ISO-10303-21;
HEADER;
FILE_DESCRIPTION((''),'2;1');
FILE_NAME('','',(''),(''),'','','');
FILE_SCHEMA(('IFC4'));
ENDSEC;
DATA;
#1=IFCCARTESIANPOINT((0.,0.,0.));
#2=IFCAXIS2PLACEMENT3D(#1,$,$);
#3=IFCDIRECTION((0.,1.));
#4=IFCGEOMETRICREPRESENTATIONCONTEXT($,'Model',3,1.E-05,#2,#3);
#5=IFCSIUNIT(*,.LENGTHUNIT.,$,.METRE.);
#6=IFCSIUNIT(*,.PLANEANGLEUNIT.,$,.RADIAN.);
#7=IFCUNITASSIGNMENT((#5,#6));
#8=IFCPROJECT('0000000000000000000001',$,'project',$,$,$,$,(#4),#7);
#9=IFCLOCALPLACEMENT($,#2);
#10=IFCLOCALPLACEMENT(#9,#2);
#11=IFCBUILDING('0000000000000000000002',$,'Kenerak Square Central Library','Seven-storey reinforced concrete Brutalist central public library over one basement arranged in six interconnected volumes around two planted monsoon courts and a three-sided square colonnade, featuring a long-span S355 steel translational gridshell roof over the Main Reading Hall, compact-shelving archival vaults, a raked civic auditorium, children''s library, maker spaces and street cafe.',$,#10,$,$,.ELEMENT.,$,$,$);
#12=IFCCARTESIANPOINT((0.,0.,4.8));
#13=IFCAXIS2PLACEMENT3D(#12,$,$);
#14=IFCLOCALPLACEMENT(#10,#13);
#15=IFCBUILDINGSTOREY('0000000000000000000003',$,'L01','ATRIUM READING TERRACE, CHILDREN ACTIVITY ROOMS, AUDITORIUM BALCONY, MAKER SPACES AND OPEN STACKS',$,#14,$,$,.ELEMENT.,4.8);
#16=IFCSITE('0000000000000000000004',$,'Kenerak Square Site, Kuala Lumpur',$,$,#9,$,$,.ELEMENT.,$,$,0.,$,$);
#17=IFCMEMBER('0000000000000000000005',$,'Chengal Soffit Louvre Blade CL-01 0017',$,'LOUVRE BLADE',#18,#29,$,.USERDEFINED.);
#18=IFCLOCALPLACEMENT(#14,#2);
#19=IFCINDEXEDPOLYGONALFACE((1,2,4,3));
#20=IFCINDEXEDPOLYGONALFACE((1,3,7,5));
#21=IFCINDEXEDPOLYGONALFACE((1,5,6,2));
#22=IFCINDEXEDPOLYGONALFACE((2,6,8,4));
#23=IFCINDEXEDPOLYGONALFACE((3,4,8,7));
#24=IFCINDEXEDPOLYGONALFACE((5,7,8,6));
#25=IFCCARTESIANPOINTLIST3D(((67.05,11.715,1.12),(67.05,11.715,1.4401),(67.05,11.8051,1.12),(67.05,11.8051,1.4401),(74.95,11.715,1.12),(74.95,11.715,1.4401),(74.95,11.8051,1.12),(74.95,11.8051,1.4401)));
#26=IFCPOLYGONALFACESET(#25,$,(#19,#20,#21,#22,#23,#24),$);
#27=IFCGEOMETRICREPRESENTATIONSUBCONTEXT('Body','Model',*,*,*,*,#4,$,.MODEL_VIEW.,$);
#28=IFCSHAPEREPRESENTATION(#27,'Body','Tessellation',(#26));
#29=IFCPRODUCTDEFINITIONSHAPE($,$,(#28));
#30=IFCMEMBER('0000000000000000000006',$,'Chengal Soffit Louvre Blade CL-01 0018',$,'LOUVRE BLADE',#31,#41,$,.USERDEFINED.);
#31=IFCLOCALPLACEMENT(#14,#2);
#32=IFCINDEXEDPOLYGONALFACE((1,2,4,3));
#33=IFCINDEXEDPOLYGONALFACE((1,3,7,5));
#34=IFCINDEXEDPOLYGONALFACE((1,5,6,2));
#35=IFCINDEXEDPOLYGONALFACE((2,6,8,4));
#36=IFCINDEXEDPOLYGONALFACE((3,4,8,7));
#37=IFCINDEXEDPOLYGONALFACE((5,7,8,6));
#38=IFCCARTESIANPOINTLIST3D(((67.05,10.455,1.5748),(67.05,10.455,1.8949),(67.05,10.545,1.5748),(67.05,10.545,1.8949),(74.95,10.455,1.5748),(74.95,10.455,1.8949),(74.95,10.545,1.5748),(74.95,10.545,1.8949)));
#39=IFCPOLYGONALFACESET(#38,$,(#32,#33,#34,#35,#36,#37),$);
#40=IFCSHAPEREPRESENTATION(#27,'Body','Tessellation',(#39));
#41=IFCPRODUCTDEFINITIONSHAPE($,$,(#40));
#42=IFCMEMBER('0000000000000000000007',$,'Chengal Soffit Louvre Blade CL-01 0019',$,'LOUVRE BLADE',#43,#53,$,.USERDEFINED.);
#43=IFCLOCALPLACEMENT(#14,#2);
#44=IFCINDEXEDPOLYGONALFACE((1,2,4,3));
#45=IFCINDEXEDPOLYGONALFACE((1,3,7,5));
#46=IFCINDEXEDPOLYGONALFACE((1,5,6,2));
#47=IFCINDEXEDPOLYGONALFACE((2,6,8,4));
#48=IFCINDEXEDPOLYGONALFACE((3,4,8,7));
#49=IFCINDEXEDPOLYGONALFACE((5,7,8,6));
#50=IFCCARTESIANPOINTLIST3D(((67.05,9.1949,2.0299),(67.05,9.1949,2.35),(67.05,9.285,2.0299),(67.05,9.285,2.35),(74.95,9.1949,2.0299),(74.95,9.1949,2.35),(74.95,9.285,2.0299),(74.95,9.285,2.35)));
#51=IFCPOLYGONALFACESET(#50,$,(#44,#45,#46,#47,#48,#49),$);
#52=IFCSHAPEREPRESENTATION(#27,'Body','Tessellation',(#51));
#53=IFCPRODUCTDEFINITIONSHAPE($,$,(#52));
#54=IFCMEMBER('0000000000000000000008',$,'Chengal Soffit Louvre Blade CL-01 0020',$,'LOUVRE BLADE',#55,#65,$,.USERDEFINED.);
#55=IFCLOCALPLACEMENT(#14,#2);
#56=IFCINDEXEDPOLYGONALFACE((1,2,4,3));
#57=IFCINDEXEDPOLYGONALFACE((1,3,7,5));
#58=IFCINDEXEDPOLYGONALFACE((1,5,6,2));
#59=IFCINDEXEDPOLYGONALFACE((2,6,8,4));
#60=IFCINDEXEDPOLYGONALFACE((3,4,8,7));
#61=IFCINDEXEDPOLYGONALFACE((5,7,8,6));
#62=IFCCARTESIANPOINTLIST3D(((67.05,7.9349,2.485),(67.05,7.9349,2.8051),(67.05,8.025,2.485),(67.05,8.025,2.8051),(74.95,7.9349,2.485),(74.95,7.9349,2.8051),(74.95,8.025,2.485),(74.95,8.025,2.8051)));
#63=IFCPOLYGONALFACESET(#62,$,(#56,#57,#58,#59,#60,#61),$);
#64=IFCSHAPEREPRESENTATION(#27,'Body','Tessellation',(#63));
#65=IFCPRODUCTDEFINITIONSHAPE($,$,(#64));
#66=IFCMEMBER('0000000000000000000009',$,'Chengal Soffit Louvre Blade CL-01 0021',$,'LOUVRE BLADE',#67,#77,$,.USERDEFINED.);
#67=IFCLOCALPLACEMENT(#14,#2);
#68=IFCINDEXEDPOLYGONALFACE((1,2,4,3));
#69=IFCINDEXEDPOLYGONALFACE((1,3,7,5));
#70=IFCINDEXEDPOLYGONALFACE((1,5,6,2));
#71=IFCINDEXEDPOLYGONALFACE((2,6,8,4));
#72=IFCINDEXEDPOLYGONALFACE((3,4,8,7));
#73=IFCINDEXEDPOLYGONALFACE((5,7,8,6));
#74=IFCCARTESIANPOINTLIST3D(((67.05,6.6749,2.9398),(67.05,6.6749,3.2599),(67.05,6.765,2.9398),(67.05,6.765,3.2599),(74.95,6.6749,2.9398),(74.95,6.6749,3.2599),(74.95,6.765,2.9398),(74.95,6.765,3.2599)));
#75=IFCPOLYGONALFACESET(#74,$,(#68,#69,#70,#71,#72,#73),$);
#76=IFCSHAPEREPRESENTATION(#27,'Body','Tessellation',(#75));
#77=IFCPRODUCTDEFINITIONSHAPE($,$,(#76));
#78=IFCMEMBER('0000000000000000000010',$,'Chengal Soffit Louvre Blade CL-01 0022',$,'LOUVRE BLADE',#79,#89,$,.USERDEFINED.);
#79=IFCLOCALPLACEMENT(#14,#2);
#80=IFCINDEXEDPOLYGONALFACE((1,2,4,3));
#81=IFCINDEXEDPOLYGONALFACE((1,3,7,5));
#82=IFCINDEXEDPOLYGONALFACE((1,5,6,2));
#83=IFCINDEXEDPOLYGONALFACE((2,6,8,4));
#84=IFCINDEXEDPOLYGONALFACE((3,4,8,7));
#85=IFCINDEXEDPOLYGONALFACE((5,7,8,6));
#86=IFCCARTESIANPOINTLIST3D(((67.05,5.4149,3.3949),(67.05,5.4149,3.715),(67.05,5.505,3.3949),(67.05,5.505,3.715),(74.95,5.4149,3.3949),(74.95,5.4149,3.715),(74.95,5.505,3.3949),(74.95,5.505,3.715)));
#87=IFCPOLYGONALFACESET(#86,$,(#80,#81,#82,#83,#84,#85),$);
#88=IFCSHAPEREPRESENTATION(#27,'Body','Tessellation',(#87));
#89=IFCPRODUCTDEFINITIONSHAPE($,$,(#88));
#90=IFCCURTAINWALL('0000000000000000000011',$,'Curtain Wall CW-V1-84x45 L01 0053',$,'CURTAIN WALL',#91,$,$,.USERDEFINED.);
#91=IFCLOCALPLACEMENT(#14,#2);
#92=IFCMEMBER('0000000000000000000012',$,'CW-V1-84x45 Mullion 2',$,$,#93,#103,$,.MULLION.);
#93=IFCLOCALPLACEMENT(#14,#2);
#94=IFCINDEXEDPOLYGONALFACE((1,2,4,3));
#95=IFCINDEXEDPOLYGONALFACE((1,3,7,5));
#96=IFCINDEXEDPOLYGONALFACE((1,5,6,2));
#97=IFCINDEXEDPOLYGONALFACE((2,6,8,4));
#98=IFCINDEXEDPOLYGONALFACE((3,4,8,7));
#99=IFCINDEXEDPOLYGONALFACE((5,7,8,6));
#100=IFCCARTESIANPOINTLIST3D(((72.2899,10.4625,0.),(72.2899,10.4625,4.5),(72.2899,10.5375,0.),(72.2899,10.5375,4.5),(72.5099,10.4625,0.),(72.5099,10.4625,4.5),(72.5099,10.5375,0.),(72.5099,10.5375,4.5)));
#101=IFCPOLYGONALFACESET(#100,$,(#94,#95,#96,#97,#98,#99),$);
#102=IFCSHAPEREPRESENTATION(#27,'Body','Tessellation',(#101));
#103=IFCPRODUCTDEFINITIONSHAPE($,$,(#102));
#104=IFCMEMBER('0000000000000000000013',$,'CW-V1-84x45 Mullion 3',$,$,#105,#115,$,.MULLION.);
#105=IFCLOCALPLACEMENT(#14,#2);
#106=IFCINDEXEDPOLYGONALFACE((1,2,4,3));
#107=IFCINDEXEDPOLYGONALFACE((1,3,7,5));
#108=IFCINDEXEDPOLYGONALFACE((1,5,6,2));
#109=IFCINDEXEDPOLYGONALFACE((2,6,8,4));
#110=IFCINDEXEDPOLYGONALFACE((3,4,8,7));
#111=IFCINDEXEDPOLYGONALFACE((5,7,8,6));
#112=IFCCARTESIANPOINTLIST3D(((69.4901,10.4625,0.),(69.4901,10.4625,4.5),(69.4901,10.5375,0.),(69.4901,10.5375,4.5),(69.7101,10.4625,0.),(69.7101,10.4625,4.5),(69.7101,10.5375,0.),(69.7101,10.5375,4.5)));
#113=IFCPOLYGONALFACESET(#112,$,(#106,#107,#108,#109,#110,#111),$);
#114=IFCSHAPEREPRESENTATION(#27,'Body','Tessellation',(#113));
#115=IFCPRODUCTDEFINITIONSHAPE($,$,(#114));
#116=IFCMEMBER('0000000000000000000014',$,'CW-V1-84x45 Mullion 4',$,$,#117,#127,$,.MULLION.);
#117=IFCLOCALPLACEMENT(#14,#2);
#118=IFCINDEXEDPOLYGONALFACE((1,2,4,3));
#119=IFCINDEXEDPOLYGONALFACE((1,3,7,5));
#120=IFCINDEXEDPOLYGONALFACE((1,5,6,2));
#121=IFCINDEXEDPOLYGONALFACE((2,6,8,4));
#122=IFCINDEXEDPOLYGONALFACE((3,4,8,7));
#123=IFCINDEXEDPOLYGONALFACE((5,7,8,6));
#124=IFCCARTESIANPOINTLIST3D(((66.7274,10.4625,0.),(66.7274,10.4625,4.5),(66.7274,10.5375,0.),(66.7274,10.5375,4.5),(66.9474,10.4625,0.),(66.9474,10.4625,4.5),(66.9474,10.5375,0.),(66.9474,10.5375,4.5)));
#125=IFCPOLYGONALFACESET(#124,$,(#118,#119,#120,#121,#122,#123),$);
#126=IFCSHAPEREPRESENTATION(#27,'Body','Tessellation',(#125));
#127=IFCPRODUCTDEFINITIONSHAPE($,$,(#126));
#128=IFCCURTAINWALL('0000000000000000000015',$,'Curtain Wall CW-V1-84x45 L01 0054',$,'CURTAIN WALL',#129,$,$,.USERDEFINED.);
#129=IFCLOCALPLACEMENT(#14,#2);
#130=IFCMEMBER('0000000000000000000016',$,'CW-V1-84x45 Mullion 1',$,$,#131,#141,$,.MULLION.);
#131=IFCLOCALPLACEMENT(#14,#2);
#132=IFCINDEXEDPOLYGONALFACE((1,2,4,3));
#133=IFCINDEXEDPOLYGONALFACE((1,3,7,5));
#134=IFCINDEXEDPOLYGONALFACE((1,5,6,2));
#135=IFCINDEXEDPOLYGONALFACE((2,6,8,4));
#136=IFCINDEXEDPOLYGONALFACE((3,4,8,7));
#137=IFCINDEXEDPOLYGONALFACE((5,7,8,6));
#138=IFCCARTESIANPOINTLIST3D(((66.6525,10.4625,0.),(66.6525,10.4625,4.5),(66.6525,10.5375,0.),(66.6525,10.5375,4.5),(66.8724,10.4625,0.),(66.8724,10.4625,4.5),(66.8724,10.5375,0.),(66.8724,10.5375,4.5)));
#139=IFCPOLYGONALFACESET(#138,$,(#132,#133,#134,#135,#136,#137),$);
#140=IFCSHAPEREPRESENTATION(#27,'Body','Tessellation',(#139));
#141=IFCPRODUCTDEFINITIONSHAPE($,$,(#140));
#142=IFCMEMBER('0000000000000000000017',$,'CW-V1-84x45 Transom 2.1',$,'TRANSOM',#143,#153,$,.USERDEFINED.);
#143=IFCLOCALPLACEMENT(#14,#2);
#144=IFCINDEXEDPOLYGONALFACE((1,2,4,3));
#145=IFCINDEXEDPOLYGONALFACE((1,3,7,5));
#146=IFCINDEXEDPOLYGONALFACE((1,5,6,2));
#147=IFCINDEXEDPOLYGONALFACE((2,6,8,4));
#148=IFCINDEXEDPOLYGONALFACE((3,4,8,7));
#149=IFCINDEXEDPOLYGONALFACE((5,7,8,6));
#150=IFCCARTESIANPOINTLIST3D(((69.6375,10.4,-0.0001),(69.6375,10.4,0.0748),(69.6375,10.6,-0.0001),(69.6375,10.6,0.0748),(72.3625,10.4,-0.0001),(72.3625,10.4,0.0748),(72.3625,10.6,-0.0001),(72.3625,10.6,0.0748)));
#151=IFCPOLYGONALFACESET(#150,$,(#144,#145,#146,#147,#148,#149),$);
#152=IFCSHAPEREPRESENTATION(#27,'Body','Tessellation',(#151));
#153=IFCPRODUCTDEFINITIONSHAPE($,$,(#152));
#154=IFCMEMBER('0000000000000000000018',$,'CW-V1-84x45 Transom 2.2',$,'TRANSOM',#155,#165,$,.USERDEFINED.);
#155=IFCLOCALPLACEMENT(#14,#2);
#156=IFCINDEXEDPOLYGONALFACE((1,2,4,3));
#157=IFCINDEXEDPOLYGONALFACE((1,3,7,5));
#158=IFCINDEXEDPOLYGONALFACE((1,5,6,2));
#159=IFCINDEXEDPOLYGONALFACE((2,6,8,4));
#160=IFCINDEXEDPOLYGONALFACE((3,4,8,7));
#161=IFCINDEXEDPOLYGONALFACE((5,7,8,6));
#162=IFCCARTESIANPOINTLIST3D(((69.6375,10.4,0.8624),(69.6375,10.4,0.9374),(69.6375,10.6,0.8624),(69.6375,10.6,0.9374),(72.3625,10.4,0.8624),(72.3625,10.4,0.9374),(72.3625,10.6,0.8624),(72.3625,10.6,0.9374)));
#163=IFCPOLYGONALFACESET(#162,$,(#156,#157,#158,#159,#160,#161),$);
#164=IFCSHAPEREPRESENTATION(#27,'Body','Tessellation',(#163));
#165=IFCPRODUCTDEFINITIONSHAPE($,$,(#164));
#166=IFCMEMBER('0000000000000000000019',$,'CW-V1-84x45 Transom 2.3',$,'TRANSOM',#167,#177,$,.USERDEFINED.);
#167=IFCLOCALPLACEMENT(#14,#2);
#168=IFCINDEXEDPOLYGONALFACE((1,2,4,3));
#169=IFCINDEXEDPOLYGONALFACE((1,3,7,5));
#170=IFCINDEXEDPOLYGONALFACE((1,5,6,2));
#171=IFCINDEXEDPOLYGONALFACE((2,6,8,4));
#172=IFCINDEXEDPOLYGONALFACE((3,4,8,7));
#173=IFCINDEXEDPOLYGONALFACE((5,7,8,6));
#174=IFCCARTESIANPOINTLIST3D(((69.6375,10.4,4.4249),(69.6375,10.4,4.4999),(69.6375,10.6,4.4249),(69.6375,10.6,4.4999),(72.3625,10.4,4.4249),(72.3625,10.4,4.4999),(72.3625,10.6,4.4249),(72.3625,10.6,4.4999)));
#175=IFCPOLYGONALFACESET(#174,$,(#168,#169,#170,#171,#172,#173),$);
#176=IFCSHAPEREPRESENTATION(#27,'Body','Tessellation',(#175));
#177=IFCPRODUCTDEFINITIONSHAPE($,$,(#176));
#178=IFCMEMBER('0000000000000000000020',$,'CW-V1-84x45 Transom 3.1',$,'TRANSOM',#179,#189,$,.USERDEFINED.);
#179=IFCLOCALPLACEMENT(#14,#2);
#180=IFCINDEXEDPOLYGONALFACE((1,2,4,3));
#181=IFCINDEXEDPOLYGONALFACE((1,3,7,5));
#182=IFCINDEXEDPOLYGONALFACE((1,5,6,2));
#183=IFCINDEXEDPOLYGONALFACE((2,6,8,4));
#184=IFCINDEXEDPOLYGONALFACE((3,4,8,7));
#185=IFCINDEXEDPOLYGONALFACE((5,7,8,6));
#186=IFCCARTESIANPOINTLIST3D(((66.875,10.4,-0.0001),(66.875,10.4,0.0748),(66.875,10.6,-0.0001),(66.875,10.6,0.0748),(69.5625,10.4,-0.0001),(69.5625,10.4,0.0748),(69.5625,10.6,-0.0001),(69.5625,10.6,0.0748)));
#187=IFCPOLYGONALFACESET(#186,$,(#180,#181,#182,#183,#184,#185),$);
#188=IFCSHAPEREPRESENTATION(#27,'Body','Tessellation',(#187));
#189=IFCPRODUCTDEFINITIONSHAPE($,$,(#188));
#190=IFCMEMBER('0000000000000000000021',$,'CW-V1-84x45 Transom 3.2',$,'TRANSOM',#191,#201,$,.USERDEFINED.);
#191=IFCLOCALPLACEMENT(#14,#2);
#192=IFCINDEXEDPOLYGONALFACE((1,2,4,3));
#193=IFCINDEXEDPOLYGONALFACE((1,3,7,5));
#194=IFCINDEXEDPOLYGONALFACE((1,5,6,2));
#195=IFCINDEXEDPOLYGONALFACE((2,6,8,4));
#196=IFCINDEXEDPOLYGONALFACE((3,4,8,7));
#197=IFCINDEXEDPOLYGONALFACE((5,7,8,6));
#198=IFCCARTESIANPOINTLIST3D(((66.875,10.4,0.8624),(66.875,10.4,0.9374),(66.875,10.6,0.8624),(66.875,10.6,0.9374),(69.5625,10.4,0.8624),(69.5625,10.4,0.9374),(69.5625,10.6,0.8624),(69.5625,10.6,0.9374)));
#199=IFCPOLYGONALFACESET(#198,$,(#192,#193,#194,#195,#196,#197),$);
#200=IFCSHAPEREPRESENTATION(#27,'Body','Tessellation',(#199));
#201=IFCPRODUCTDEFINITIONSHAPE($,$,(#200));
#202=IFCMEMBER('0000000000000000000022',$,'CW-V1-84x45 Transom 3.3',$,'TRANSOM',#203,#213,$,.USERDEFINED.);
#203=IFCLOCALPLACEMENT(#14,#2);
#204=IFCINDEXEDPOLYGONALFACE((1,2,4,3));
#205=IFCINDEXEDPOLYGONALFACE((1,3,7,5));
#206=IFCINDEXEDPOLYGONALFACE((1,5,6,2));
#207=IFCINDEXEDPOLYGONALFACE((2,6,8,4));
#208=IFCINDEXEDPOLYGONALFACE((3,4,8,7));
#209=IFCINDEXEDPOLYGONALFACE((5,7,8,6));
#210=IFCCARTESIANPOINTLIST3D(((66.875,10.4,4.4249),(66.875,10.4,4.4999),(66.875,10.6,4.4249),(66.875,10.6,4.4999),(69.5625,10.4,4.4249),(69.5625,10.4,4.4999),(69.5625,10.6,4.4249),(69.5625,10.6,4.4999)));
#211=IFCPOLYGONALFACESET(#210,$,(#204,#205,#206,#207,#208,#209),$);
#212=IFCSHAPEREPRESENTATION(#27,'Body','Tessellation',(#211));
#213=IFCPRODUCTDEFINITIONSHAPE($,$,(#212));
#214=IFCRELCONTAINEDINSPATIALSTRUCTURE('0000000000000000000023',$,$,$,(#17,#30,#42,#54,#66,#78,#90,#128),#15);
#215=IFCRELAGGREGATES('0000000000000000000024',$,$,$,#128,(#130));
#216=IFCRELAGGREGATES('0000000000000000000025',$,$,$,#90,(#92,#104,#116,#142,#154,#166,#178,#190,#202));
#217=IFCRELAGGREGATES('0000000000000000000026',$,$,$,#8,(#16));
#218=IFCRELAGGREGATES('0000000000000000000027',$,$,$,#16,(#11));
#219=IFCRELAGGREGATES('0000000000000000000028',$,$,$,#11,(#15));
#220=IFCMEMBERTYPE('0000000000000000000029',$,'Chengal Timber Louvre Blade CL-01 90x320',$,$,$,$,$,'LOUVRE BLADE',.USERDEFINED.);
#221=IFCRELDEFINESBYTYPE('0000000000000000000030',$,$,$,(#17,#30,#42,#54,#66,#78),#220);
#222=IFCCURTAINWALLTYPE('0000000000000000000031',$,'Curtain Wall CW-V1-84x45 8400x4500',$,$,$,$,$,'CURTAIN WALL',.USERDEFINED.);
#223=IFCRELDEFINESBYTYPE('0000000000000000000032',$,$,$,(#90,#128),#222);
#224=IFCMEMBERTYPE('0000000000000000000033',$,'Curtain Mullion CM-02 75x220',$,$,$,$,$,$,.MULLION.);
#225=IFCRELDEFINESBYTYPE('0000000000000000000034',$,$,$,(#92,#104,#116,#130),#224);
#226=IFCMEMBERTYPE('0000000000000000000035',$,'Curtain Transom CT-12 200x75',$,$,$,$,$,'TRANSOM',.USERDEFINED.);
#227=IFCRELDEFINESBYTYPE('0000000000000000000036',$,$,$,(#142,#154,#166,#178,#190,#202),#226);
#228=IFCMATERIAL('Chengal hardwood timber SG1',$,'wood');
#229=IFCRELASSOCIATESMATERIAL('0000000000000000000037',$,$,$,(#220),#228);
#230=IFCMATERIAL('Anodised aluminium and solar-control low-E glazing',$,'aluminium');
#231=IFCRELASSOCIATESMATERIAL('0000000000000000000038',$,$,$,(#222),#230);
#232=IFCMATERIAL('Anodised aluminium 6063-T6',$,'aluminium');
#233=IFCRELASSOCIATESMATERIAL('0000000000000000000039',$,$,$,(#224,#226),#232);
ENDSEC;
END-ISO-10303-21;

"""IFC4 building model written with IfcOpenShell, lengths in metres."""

from ifc_helpers import new_model, si_unit, direction, frame, origin, origin_2d, place, context, subcontext, project, spatial, rectangle, extrude, material, material_profile, profile_set, type_object, element, aggregate, save


model = new_model("IFC4")

# Units and contexts
model_context = context("Model", 3, precision=1e-05, world=origin(), true_north=direction((0.0, 1.0)))
body_context = subcontext(model_context, "Body", "Model", "MODEL_VIEW")
ifc_project = project(units=[si_unit("LENGTHUNIT", "METRE"), si_unit("PLANEANGLEUNIT", "RADIAN")], contexts=[model_context])

# Site, building, storey
site_placement = place(None, origin())
site = spatial("IfcSite", under=ifc_project, at=site_placement, Name="Kenerak Square Site, Kuala Lumpur", CompositionType="ELEMENT", RefElevation=0.0)
building_placement = place(site_placement, origin())
building = spatial("IfcBuilding", under=site, at=building_placement, Name="Kenerak Square Central Library", Description="Seven-storey reinforced concrete Brutalist central public library over one basement arranged in six interconnected volumes around two planted monsoon courts and a three-sided square colonnade, featuring a long-span S355 steel translational gridshell roof over the Main Reading Hall, compact-shelving archival vaults, a raked civic auditorium, children's library, maker spaces and street cafe.", CompositionType="ELEMENT")
storey_placement = place(building_placement, frame((0.0, 0.0, 4.8)))
storey = spatial("IfcBuildingStorey", under=building, at=storey_placement, Name="L01", Description="ATRIUM READING TERRACE, CHILDREN ACTIVITY ROOMS, AUDITORIUM BALCONY, MAKER SPACES AND OPEN STACKS", CompositionType="ELEMENT", Elevation=4.8)

# Members
ifc_material_1 = material(Name="Chengal hardwood timber SG1", Category="wood")
ifc_material_profile_1 = material_profile(ifc_material_1, rectangle(XDim=0.0901, YDim=0.3201, at=origin_2d()), Name="CHENGAL 90x320")
ifc_profile_set_1 = profile_set([ifc_material_profile_1], Name="Chengal hardwood timber SG1")
member_type_1 = type_object("IfcMemberType", Name="Chengal Timber Louvre Blade CL-01 90x320", ElementType="LOUVRE BLADE", PredefinedType="USERDEFINED", material=ifc_profile_set_1)
for number, where, z_axis, x_axis, name in (
    (1, (67.05, 11.76, 1.28), (1.0, 0.0, 0.0), (0.0, 1.0, 0.0), "Chengal Soffit Louvre Blade CL-01 0017"),
    (2, (67.05, 10.5, 1.7349), (1.0, 0.0, 0.0), (0.0, 1.0, 0.0), "Chengal Soffit Louvre Blade CL-01 0018"),
    (3, (67.05, 9.24, 2.1899), (1.0, 0.0, 0.0), (0.0, 1.0, 0.0), "Chengal Soffit Louvre Blade CL-01 0019"),
    (4, (67.05, 7.98, 2.645), (1.0, 0.0, 0.0), (0.0, 1.0, 0.0), "Chengal Soffit Louvre Blade CL-01 0020"),
    (5, (67.05, 6.72, 3.0999), (1.0, 0.0, 0.0), (0.0, 1.0, 0.0), "Chengal Soffit Louvre Blade CL-01 0021"),
    (6, (67.05, 5.46, 3.5549), (1.0, 0.0, 0.0), (0.0, 1.0, 0.0), "Chengal Soffit Louvre Blade CL-01 0022"),
):
    element("IfcMember", number, at=place(storey_placement, frame(where, z_axis=z_axis, x_axis=x_axis)), inside=storey, type_object=member_type_1, Name=name, ObjectType="LOUVRE BLADE", PredefinedType="USERDEFINED", context=body_context, shape_type="SweptSolid", body=[
        extrude(rectangle(XDim=0.0901, YDim=0.3201, at=origin_2d()), origin(), (0.0, 0.0, 1.0), 7.8999),
    ])

# Curtain wall, members
ifc_material_2 = material(Name="Anodised aluminium and solar-control low-E glazing", Category="aluminium")
curtain_wall_type = type_object("IfcCurtainWallType", Name="Curtain Wall CW-V1-84x45 8400x4500", ElementType="CURTAIN WALL", PredefinedType="USERDEFINED", material=ifc_material_2)
curtain_wall_1_placement = place(storey_placement, origin())
curtain_wall_1 = element("IfcCurtainWall", 7, at=curtain_wall_1_placement, inside=storey, type_object=curtain_wall_type, Name="Curtain Wall CW-V1-84x45 L01 0053", ObjectType="CURTAIN WALL", PredefinedType="USERDEFINED")
ifc_material_3 = material(Name="Anodised aluminium 6063-T6", Category="aluminium")
ifc_material_profile_2 = material_profile(ifc_material_3, rectangle(XDim=0.075, YDim=0.22, at=origin_2d()), Name="AL MULLION 75x220")
ifc_profile_set_2 = profile_set([ifc_material_profile_2], Name="Anodised aluminium 6063-T6")
member_type_2 = type_object("IfcMemberType", Name="Curtain Mullion CM-02 75x220", PredefinedType="MULLION", material=ifc_profile_set_2)
member_1_placement = place(storey_placement, frame((72.3999, 10.5, 0.0), z_axis=(0.0, 0.0, 1.0), x_axis=(0.0, -1.0, 0.0)))
member_1 = element("IfcMember", 8, at=member_1_placement, type_object=member_type_2, Name="CW-V1-84x45 Mullion 2", PredefinedType="MULLION", context=body_context, shape_type="SweptSolid", body=[
    extrude(rectangle(XDim=0.075, YDim=0.22, at=origin_2d()), origin(), (0.0, 0.0, 1.0), 4.5),
])
member_2_placement = place(storey_placement, frame((69.6001, 10.5, 0.0), z_axis=(0.0, 0.0, 1.0), x_axis=(0.0, -1.0, 0.0)))
member_2 = element("IfcMember", 9, at=member_2_placement, type_object=member_type_2, Name="CW-V1-84x45 Mullion 3", PredefinedType="MULLION", context=body_context, shape_type="SweptSolid", body=[
    extrude(rectangle(XDim=0.075, YDim=0.22, at=origin_2d()), origin(), (0.0, 0.0, 1.0), 4.5),
])
member_3_placement = place(storey_placement, frame((66.8374, 10.5, 0.0), z_axis=(0.0, 0.0, 1.0), x_axis=(0.0, -1.0, 0.0)))
member_3 = element("IfcMember", 10, at=member_3_placement, type_object=member_type_2, Name="CW-V1-84x45 Mullion 4", PredefinedType="MULLION", context=body_context, shape_type="SweptSolid", body=[
    extrude(rectangle(XDim=0.075, YDim=0.22, at=origin_2d()), origin(), (0.0, 0.0, 1.0), 4.5),
])

# Curtain wall, member
curtain_wall_2_placement = place(storey_placement, origin())
curtain_wall_2 = element("IfcCurtainWall", 11, at=curtain_wall_2_placement, inside=storey, type_object=curtain_wall_type, Name="Curtain Wall CW-V1-84x45 L01 0054", ObjectType="CURTAIN WALL", PredefinedType="USERDEFINED")
member_4_placement = place(storey_placement, frame((66.7625, 10.5, 0.0), z_axis=(0.0, 0.0, 1.0), x_axis=(0.0, -1.0, 0.0)))
member_4 = element("IfcMember", 12, at=member_4_placement, type_object=member_type_2, Name="CW-V1-84x45 Mullion 1", PredefinedType="MULLION", context=body_context, shape_type="SweptSolid", body=[
    extrude(rectangle(XDim=0.075, YDim=0.22, at=origin_2d()), origin(), (0.0, 0.0, 1.0), 4.5),
])
aggregate(curtain_wall_2, [member_4])

# Members
ifc_material_profile_3 = material_profile(ifc_material_3, rectangle(XDim=0.2, YDim=0.075, at=origin_2d()), Name="AL TRANSOM 200x75")
ifc_profile_set_3 = profile_set([ifc_material_profile_3], Name="Anodised aluminium 6063-T6")
member_type_3 = type_object("IfcMemberType", Name="Curtain Transom CT-12 200x75", ElementType="TRANSOM", PredefinedType="USERDEFINED", material=ifc_profile_set_3)
member_5_placement = place(storey_placement, frame((72.3625, 10.5, 0.0374), z_axis=(-1.0, 0.0, 0.0), x_axis=(0.0, -1.0, 0.0)))
member_5 = element("IfcMember", 13, at=member_5_placement, type_object=member_type_3, Name="CW-V1-84x45 Transom 2.1", ObjectType="TRANSOM", PredefinedType="USERDEFINED", context=body_context, shape_type="SweptSolid", body=[
    extrude(rectangle(XDim=0.2, YDim=0.075, at=origin_2d()), origin(), (0.0, 0.0, 1.0), 2.7251),
])
member_6_placement = place(storey_placement, frame((72.3625, 10.5, 0.8999), z_axis=(-1.0, 0.0, 0.0), x_axis=(0.0, -1.0, 0.0)))
member_6 = element("IfcMember", 14, at=member_6_placement, type_object=member_type_3, Name="CW-V1-84x45 Transom 2.2", ObjectType="TRANSOM", PredefinedType="USERDEFINED", context=body_context, shape_type="SweptSolid", body=[
    extrude(rectangle(XDim=0.2, YDim=0.075, at=origin_2d()), origin(), (0.0, 0.0, 1.0), 2.7251),
])
member_7_placement = place(storey_placement, frame((72.3625, 10.5, 4.4624), z_axis=(-1.0, 0.0, 0.0), x_axis=(0.0, -1.0, 0.0)))
member_7 = element("IfcMember", 15, at=member_7_placement, type_object=member_type_3, Name="CW-V1-84x45 Transom 2.3", ObjectType="TRANSOM", PredefinedType="USERDEFINED", context=body_context, shape_type="SweptSolid", body=[
    extrude(rectangle(XDim=0.2, YDim=0.075, at=origin_2d()), origin(), (0.0, 0.0, 1.0), 2.7251),
])
member_8_placement = place(storey_placement, frame((69.5625, 10.5, 0.0374), z_axis=(-1.0, 0.0, 0.0), x_axis=(0.0, -1.0, 0.0)))
member_8 = element("IfcMember", 16, at=member_8_placement, type_object=member_type_3, Name="CW-V1-84x45 Transom 3.1", ObjectType="TRANSOM", PredefinedType="USERDEFINED", context=body_context, shape_type="SweptSolid", body=[
    extrude(rectangle(XDim=0.2, YDim=0.075, at=origin_2d()), origin(), (0.0, 0.0, 1.0), 2.6875),
])
member_9_placement = place(storey_placement, frame((69.5625, 10.5, 0.8999), z_axis=(-1.0, 0.0, 0.0), x_axis=(0.0, -1.0, 0.0)))
member_9 = element("IfcMember", 17, at=member_9_placement, type_object=member_type_3, Name="CW-V1-84x45 Transom 3.2", ObjectType="TRANSOM", PredefinedType="USERDEFINED", context=body_context, shape_type="SweptSolid", body=[
    extrude(rectangle(XDim=0.2, YDim=0.075, at=origin_2d()), origin(), (0.0, 0.0, 1.0), 2.6875),
])
member_10_placement = place(storey_placement, frame((69.5625, 10.5, 4.4624), z_axis=(-1.0, 0.0, 0.0), x_axis=(0.0, -1.0, 0.0)))
member_10 = element("IfcMember", 18, at=member_10_placement, type_object=member_type_3, Name="CW-V1-84x45 Transom 3.3", ObjectType="TRANSOM", PredefinedType="USERDEFINED", context=body_context, shape_type="SweptSolid", body=[
    extrude(rectangle(XDim=0.2, YDim=0.075, at=origin_2d()), origin(), (0.0, 0.0, 1.0), 2.6875),
])

aggregate(curtain_wall_1, [member_1, member_2, member_3, member_5, member_6, member_7, member_8, member_9, member_10])

save(model, "model.ifc")
